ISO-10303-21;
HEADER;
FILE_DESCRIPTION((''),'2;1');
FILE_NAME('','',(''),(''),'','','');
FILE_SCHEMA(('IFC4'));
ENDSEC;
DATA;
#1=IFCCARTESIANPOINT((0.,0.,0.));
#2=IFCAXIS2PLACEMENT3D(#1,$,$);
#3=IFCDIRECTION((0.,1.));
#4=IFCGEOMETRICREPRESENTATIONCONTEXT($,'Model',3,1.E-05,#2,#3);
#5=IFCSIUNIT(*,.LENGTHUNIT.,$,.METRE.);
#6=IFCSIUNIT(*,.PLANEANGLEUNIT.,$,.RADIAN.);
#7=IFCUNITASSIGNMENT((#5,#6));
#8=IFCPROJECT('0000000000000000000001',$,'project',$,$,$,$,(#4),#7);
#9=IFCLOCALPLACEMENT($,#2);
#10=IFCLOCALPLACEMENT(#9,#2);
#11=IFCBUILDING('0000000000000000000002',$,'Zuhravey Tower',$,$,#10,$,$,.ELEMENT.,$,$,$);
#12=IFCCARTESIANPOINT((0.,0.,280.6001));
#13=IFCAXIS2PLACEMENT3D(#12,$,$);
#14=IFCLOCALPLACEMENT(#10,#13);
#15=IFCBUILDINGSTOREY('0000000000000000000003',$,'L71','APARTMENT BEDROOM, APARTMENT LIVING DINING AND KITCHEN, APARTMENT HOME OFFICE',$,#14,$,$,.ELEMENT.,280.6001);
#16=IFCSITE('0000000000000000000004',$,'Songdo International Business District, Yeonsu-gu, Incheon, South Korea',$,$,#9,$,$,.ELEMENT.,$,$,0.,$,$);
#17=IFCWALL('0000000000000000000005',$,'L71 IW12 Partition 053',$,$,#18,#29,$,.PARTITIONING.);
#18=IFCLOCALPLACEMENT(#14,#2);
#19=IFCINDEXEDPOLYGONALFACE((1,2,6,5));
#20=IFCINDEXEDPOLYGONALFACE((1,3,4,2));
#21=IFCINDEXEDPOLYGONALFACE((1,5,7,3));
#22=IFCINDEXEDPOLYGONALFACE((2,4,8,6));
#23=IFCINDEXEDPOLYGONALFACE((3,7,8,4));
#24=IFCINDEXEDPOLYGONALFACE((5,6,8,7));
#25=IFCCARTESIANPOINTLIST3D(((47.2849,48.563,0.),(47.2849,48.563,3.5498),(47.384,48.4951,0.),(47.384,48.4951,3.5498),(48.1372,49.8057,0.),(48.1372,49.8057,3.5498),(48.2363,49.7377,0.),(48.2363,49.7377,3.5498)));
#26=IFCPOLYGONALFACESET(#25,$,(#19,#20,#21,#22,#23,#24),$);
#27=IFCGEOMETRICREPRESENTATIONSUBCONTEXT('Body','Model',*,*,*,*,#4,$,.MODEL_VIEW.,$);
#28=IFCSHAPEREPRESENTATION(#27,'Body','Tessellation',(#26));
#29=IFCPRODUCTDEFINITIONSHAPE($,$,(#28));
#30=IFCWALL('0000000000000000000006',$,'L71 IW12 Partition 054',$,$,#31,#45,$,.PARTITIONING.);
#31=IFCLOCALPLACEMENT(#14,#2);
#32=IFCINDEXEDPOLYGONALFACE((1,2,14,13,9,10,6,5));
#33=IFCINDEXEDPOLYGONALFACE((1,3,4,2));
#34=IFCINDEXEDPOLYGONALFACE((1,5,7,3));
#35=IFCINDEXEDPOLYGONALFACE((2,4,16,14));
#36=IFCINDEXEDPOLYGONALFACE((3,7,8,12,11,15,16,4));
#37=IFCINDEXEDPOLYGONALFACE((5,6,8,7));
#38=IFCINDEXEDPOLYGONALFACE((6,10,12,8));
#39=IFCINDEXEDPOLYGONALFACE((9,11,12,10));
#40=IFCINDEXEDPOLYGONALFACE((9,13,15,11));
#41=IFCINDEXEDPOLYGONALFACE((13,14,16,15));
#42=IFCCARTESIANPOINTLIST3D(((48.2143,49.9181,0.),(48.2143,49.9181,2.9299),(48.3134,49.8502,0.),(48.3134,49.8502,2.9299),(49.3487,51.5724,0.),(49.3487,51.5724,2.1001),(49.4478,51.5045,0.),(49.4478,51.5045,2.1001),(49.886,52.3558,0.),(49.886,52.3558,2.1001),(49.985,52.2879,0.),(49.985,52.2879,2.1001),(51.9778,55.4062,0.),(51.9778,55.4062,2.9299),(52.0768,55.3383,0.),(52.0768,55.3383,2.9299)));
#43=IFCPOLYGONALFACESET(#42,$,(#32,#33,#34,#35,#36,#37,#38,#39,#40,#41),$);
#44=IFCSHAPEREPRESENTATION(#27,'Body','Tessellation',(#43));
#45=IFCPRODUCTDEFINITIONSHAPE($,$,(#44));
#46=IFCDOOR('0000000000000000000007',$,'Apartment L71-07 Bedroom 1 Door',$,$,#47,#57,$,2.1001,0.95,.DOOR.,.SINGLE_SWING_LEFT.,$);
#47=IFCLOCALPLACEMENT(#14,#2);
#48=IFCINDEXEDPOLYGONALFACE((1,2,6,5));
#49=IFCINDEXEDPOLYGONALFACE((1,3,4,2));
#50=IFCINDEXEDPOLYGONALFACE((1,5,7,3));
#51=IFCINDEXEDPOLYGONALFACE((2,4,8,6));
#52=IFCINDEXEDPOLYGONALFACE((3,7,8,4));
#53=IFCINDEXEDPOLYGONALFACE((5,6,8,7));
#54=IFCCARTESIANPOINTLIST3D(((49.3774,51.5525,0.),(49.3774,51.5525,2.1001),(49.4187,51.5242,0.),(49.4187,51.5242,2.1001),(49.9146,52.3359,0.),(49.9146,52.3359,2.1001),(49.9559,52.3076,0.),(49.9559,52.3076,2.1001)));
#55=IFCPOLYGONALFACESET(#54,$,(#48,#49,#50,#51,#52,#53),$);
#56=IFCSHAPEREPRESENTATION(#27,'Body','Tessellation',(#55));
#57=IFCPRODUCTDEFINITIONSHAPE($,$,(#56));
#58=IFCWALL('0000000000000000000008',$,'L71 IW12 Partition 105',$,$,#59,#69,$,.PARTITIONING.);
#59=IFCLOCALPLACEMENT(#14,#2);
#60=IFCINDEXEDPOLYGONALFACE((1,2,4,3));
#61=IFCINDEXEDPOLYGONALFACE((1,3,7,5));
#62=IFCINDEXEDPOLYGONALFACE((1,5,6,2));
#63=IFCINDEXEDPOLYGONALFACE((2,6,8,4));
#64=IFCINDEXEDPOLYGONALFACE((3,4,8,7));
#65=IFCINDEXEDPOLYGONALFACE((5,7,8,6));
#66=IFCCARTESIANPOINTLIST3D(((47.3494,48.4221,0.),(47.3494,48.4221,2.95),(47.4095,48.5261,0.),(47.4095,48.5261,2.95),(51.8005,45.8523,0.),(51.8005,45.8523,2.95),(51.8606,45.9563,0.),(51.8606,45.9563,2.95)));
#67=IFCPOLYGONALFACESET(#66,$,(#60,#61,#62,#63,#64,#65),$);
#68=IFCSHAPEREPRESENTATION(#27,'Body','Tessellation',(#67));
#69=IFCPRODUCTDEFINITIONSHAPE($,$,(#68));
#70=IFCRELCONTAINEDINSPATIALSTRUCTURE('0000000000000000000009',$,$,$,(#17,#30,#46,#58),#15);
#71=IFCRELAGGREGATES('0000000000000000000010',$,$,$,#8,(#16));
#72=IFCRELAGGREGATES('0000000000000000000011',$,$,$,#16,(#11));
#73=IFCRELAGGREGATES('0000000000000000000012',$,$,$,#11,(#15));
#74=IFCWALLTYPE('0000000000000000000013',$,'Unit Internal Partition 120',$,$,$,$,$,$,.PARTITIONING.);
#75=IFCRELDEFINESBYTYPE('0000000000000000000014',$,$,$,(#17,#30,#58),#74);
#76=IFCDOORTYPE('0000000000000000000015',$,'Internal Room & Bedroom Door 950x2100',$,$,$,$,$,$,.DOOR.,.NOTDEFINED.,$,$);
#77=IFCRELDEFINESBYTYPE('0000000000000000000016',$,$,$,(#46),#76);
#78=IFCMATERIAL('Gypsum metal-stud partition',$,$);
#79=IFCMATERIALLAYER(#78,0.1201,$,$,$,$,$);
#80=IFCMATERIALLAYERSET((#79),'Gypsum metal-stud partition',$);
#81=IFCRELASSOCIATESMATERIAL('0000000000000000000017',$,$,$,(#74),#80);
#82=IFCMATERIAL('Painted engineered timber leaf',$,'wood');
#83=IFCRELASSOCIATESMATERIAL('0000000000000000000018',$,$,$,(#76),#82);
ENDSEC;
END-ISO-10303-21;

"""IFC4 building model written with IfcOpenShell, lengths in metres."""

from ifc_helpers import new_model, si_unit, direction, frame, frame_2d, origin, place, context, subcontext, project, spatial, rectangle, extrude, material, layer, layer_set, type_object, element, fill, save


model = new_model("IFC4")

# Units and contexts
model_context = context("Model", 3, precision=1e-05, world=origin(), true_north=direction((0.0, 1.0)))
body_context = subcontext(model_context, "Body", "Model", "MODEL_VIEW")
ifc_project = project(units=[si_unit("LENGTHUNIT", "METRE"), si_unit("PLANEANGLEUNIT", "RADIAN")], contexts=[model_context])

# Site, building, storey
site_placement = place(None, origin())
site = spatial("IfcSite", under=ifc_project, at=site_placement, Name="Songdo International Business District, Yeonsu-gu, Incheon, South Korea", CompositionType="ELEMENT", RefElevation=0.0)
building_placement = place(site_placement, origin())
building = spatial("IfcBuilding", under=site, at=building_placement, Name="Zuhravey Tower", CompositionType="ELEMENT")
storey_placement = place(building_placement, frame((0.0, 0.0, 280.6001)))
storey = spatial("IfcBuildingStorey", under=building, at=storey_placement, Name="L71", Description="APARTMENT BEDROOM, APARTMENT LIVING DINING AND KITCHEN, APARTMENT HOME OFFICE", CompositionType="ELEMENT", Elevation=280.6001)

# Shared definitions
ifc_material_1 = material(Name="Gypsum metal-stud partition")
ifc_layer_1 = layer(ifc_material_1, 0.1201)
ifc_layer_set_1 = layer_set([ifc_layer_1], Name="Gypsum metal-stud partition")
wall_type_1 = type_object("IfcWallType", Name="Unit Internal Partition 120", PredefinedType="PARTITIONING", material=ifc_layer_set_1)
ifc_material_2 = material(Name="Painted engineered timber leaf", Category="wood")
door_type = type_object("IfcDoorType", Name="Internal Room & Bedroom Door 950x2100", OperationType="NOTDEFINED", PredefinedType="DOOR", material=ifc_material_2)

# Wall
wall_1_placement = place(storey_placement, frame((47.3345, 48.5291, 0.0), z_axis=(0.0, 0.0, 1.0), x_axis=(0.565607, 0.824675, 0.0)))
element("IfcWall", 1, at=wall_1_placement, inside=storey, type_object=wall_type_1, Name="L71 IW12 Partition 053", PredefinedType="PARTITIONING", context=body_context, shape_type="SweptSolid", body=[
    extrude(rectangle(XDim=1.5068, YDim=0.1201, at=frame_2d((0.7534, 0.0))), origin(), (0.0, 0.0, 1.0), 3.5498),
])

# Wall, opening, door
wall_2_placement = place(storey_placement, frame((48.2639, 49.8843, 0.0), z_axis=(0.0, 0.0, 1.0), x_axis=(0.565549, 0.824715, 0.0)))
wall_2 = element("IfcWall", 2, at=wall_2_placement, inside=storey, type_object=wall_type_1, Name="L71 IW12 Partition 054", PredefinedType="PARTITIONING", context=body_context, shape_type="SweptSolid", body=[
    extrude(rectangle(XDim=6.6545, YDim=0.1201, at=frame_2d((3.3271, 0.0))), origin(), (0.0, 0.0, 1.0), 2.9299),
])
opening_1_placement = place(wall_2_placement, frame((2.0056, 0.0, 0.0)))
opening_1 = element("IfcOpeningElement", 3, at=opening_1_placement, cuts=wall_2, PredefinedType="OPENING", context=body_context, shape_type="SweptSolid", body=[
    extrude(rectangle(XDim=0.95, YDim=2.1001, at=frame_2d((0.4751, 1.05))), frame((0.0, 0.072, 0.0), z_axis=(0.0, -1.0, 0.0), x_axis=(1.0, 0.0, 0.0)), (0.0, 0.0, 1.0), 0.144),
])
door_1_placement = place(opening_1_placement, frame((0.95, 0.0, 0.0), z_axis=(0.0, 0.0, 1.0), x_axis=(-1.0, 0.0, 0.0)))
door_1 = element("IfcDoor", 4, at=door_1_placement, inside=storey, type_object=door_type, Name="Apartment L71-07 Bedroom 1 Door", OperationType="SINGLE_SWING_LEFT", OverallHeight=2.1001, OverallWidth=0.95, PredefinedType="DOOR", context=body_context, shape_type="SweptSolid", body=[
    extrude(rectangle(XDim=0.95, YDim=2.1001, at=frame_2d((0.4751, 1.05))), frame((0.0, 0.0249, 0.0), z_axis=(0.0, -1.0, 0.0), x_axis=(1.0, 0.0, 0.0)), (0.0, 0.0, 1.0), 0.05),
])
fill(opening_1, door_1)

# Wall
wall_3_placement = place(storey_placement, frame((51.8306, 45.9043, 0.0), z_axis=(0.0, 0.0, 1.0), x_axis=(-0.866031, 0.499991, 0.0)))
element("IfcWall", 5, at=wall_3_placement, inside=storey, type_object=wall_type_1, Name="L71 IW12 Partition 105", PredefinedType="PARTITIONING", context=body_context, shape_type="SweptSolid", body=[
    extrude(rectangle(XDim=5.1396, YDim=0.1201, at=frame_2d((2.5698, 0.0))), origin(), (0.0, 0.0, 1.0), 2.95),
])

save(model, "model.ifc")
